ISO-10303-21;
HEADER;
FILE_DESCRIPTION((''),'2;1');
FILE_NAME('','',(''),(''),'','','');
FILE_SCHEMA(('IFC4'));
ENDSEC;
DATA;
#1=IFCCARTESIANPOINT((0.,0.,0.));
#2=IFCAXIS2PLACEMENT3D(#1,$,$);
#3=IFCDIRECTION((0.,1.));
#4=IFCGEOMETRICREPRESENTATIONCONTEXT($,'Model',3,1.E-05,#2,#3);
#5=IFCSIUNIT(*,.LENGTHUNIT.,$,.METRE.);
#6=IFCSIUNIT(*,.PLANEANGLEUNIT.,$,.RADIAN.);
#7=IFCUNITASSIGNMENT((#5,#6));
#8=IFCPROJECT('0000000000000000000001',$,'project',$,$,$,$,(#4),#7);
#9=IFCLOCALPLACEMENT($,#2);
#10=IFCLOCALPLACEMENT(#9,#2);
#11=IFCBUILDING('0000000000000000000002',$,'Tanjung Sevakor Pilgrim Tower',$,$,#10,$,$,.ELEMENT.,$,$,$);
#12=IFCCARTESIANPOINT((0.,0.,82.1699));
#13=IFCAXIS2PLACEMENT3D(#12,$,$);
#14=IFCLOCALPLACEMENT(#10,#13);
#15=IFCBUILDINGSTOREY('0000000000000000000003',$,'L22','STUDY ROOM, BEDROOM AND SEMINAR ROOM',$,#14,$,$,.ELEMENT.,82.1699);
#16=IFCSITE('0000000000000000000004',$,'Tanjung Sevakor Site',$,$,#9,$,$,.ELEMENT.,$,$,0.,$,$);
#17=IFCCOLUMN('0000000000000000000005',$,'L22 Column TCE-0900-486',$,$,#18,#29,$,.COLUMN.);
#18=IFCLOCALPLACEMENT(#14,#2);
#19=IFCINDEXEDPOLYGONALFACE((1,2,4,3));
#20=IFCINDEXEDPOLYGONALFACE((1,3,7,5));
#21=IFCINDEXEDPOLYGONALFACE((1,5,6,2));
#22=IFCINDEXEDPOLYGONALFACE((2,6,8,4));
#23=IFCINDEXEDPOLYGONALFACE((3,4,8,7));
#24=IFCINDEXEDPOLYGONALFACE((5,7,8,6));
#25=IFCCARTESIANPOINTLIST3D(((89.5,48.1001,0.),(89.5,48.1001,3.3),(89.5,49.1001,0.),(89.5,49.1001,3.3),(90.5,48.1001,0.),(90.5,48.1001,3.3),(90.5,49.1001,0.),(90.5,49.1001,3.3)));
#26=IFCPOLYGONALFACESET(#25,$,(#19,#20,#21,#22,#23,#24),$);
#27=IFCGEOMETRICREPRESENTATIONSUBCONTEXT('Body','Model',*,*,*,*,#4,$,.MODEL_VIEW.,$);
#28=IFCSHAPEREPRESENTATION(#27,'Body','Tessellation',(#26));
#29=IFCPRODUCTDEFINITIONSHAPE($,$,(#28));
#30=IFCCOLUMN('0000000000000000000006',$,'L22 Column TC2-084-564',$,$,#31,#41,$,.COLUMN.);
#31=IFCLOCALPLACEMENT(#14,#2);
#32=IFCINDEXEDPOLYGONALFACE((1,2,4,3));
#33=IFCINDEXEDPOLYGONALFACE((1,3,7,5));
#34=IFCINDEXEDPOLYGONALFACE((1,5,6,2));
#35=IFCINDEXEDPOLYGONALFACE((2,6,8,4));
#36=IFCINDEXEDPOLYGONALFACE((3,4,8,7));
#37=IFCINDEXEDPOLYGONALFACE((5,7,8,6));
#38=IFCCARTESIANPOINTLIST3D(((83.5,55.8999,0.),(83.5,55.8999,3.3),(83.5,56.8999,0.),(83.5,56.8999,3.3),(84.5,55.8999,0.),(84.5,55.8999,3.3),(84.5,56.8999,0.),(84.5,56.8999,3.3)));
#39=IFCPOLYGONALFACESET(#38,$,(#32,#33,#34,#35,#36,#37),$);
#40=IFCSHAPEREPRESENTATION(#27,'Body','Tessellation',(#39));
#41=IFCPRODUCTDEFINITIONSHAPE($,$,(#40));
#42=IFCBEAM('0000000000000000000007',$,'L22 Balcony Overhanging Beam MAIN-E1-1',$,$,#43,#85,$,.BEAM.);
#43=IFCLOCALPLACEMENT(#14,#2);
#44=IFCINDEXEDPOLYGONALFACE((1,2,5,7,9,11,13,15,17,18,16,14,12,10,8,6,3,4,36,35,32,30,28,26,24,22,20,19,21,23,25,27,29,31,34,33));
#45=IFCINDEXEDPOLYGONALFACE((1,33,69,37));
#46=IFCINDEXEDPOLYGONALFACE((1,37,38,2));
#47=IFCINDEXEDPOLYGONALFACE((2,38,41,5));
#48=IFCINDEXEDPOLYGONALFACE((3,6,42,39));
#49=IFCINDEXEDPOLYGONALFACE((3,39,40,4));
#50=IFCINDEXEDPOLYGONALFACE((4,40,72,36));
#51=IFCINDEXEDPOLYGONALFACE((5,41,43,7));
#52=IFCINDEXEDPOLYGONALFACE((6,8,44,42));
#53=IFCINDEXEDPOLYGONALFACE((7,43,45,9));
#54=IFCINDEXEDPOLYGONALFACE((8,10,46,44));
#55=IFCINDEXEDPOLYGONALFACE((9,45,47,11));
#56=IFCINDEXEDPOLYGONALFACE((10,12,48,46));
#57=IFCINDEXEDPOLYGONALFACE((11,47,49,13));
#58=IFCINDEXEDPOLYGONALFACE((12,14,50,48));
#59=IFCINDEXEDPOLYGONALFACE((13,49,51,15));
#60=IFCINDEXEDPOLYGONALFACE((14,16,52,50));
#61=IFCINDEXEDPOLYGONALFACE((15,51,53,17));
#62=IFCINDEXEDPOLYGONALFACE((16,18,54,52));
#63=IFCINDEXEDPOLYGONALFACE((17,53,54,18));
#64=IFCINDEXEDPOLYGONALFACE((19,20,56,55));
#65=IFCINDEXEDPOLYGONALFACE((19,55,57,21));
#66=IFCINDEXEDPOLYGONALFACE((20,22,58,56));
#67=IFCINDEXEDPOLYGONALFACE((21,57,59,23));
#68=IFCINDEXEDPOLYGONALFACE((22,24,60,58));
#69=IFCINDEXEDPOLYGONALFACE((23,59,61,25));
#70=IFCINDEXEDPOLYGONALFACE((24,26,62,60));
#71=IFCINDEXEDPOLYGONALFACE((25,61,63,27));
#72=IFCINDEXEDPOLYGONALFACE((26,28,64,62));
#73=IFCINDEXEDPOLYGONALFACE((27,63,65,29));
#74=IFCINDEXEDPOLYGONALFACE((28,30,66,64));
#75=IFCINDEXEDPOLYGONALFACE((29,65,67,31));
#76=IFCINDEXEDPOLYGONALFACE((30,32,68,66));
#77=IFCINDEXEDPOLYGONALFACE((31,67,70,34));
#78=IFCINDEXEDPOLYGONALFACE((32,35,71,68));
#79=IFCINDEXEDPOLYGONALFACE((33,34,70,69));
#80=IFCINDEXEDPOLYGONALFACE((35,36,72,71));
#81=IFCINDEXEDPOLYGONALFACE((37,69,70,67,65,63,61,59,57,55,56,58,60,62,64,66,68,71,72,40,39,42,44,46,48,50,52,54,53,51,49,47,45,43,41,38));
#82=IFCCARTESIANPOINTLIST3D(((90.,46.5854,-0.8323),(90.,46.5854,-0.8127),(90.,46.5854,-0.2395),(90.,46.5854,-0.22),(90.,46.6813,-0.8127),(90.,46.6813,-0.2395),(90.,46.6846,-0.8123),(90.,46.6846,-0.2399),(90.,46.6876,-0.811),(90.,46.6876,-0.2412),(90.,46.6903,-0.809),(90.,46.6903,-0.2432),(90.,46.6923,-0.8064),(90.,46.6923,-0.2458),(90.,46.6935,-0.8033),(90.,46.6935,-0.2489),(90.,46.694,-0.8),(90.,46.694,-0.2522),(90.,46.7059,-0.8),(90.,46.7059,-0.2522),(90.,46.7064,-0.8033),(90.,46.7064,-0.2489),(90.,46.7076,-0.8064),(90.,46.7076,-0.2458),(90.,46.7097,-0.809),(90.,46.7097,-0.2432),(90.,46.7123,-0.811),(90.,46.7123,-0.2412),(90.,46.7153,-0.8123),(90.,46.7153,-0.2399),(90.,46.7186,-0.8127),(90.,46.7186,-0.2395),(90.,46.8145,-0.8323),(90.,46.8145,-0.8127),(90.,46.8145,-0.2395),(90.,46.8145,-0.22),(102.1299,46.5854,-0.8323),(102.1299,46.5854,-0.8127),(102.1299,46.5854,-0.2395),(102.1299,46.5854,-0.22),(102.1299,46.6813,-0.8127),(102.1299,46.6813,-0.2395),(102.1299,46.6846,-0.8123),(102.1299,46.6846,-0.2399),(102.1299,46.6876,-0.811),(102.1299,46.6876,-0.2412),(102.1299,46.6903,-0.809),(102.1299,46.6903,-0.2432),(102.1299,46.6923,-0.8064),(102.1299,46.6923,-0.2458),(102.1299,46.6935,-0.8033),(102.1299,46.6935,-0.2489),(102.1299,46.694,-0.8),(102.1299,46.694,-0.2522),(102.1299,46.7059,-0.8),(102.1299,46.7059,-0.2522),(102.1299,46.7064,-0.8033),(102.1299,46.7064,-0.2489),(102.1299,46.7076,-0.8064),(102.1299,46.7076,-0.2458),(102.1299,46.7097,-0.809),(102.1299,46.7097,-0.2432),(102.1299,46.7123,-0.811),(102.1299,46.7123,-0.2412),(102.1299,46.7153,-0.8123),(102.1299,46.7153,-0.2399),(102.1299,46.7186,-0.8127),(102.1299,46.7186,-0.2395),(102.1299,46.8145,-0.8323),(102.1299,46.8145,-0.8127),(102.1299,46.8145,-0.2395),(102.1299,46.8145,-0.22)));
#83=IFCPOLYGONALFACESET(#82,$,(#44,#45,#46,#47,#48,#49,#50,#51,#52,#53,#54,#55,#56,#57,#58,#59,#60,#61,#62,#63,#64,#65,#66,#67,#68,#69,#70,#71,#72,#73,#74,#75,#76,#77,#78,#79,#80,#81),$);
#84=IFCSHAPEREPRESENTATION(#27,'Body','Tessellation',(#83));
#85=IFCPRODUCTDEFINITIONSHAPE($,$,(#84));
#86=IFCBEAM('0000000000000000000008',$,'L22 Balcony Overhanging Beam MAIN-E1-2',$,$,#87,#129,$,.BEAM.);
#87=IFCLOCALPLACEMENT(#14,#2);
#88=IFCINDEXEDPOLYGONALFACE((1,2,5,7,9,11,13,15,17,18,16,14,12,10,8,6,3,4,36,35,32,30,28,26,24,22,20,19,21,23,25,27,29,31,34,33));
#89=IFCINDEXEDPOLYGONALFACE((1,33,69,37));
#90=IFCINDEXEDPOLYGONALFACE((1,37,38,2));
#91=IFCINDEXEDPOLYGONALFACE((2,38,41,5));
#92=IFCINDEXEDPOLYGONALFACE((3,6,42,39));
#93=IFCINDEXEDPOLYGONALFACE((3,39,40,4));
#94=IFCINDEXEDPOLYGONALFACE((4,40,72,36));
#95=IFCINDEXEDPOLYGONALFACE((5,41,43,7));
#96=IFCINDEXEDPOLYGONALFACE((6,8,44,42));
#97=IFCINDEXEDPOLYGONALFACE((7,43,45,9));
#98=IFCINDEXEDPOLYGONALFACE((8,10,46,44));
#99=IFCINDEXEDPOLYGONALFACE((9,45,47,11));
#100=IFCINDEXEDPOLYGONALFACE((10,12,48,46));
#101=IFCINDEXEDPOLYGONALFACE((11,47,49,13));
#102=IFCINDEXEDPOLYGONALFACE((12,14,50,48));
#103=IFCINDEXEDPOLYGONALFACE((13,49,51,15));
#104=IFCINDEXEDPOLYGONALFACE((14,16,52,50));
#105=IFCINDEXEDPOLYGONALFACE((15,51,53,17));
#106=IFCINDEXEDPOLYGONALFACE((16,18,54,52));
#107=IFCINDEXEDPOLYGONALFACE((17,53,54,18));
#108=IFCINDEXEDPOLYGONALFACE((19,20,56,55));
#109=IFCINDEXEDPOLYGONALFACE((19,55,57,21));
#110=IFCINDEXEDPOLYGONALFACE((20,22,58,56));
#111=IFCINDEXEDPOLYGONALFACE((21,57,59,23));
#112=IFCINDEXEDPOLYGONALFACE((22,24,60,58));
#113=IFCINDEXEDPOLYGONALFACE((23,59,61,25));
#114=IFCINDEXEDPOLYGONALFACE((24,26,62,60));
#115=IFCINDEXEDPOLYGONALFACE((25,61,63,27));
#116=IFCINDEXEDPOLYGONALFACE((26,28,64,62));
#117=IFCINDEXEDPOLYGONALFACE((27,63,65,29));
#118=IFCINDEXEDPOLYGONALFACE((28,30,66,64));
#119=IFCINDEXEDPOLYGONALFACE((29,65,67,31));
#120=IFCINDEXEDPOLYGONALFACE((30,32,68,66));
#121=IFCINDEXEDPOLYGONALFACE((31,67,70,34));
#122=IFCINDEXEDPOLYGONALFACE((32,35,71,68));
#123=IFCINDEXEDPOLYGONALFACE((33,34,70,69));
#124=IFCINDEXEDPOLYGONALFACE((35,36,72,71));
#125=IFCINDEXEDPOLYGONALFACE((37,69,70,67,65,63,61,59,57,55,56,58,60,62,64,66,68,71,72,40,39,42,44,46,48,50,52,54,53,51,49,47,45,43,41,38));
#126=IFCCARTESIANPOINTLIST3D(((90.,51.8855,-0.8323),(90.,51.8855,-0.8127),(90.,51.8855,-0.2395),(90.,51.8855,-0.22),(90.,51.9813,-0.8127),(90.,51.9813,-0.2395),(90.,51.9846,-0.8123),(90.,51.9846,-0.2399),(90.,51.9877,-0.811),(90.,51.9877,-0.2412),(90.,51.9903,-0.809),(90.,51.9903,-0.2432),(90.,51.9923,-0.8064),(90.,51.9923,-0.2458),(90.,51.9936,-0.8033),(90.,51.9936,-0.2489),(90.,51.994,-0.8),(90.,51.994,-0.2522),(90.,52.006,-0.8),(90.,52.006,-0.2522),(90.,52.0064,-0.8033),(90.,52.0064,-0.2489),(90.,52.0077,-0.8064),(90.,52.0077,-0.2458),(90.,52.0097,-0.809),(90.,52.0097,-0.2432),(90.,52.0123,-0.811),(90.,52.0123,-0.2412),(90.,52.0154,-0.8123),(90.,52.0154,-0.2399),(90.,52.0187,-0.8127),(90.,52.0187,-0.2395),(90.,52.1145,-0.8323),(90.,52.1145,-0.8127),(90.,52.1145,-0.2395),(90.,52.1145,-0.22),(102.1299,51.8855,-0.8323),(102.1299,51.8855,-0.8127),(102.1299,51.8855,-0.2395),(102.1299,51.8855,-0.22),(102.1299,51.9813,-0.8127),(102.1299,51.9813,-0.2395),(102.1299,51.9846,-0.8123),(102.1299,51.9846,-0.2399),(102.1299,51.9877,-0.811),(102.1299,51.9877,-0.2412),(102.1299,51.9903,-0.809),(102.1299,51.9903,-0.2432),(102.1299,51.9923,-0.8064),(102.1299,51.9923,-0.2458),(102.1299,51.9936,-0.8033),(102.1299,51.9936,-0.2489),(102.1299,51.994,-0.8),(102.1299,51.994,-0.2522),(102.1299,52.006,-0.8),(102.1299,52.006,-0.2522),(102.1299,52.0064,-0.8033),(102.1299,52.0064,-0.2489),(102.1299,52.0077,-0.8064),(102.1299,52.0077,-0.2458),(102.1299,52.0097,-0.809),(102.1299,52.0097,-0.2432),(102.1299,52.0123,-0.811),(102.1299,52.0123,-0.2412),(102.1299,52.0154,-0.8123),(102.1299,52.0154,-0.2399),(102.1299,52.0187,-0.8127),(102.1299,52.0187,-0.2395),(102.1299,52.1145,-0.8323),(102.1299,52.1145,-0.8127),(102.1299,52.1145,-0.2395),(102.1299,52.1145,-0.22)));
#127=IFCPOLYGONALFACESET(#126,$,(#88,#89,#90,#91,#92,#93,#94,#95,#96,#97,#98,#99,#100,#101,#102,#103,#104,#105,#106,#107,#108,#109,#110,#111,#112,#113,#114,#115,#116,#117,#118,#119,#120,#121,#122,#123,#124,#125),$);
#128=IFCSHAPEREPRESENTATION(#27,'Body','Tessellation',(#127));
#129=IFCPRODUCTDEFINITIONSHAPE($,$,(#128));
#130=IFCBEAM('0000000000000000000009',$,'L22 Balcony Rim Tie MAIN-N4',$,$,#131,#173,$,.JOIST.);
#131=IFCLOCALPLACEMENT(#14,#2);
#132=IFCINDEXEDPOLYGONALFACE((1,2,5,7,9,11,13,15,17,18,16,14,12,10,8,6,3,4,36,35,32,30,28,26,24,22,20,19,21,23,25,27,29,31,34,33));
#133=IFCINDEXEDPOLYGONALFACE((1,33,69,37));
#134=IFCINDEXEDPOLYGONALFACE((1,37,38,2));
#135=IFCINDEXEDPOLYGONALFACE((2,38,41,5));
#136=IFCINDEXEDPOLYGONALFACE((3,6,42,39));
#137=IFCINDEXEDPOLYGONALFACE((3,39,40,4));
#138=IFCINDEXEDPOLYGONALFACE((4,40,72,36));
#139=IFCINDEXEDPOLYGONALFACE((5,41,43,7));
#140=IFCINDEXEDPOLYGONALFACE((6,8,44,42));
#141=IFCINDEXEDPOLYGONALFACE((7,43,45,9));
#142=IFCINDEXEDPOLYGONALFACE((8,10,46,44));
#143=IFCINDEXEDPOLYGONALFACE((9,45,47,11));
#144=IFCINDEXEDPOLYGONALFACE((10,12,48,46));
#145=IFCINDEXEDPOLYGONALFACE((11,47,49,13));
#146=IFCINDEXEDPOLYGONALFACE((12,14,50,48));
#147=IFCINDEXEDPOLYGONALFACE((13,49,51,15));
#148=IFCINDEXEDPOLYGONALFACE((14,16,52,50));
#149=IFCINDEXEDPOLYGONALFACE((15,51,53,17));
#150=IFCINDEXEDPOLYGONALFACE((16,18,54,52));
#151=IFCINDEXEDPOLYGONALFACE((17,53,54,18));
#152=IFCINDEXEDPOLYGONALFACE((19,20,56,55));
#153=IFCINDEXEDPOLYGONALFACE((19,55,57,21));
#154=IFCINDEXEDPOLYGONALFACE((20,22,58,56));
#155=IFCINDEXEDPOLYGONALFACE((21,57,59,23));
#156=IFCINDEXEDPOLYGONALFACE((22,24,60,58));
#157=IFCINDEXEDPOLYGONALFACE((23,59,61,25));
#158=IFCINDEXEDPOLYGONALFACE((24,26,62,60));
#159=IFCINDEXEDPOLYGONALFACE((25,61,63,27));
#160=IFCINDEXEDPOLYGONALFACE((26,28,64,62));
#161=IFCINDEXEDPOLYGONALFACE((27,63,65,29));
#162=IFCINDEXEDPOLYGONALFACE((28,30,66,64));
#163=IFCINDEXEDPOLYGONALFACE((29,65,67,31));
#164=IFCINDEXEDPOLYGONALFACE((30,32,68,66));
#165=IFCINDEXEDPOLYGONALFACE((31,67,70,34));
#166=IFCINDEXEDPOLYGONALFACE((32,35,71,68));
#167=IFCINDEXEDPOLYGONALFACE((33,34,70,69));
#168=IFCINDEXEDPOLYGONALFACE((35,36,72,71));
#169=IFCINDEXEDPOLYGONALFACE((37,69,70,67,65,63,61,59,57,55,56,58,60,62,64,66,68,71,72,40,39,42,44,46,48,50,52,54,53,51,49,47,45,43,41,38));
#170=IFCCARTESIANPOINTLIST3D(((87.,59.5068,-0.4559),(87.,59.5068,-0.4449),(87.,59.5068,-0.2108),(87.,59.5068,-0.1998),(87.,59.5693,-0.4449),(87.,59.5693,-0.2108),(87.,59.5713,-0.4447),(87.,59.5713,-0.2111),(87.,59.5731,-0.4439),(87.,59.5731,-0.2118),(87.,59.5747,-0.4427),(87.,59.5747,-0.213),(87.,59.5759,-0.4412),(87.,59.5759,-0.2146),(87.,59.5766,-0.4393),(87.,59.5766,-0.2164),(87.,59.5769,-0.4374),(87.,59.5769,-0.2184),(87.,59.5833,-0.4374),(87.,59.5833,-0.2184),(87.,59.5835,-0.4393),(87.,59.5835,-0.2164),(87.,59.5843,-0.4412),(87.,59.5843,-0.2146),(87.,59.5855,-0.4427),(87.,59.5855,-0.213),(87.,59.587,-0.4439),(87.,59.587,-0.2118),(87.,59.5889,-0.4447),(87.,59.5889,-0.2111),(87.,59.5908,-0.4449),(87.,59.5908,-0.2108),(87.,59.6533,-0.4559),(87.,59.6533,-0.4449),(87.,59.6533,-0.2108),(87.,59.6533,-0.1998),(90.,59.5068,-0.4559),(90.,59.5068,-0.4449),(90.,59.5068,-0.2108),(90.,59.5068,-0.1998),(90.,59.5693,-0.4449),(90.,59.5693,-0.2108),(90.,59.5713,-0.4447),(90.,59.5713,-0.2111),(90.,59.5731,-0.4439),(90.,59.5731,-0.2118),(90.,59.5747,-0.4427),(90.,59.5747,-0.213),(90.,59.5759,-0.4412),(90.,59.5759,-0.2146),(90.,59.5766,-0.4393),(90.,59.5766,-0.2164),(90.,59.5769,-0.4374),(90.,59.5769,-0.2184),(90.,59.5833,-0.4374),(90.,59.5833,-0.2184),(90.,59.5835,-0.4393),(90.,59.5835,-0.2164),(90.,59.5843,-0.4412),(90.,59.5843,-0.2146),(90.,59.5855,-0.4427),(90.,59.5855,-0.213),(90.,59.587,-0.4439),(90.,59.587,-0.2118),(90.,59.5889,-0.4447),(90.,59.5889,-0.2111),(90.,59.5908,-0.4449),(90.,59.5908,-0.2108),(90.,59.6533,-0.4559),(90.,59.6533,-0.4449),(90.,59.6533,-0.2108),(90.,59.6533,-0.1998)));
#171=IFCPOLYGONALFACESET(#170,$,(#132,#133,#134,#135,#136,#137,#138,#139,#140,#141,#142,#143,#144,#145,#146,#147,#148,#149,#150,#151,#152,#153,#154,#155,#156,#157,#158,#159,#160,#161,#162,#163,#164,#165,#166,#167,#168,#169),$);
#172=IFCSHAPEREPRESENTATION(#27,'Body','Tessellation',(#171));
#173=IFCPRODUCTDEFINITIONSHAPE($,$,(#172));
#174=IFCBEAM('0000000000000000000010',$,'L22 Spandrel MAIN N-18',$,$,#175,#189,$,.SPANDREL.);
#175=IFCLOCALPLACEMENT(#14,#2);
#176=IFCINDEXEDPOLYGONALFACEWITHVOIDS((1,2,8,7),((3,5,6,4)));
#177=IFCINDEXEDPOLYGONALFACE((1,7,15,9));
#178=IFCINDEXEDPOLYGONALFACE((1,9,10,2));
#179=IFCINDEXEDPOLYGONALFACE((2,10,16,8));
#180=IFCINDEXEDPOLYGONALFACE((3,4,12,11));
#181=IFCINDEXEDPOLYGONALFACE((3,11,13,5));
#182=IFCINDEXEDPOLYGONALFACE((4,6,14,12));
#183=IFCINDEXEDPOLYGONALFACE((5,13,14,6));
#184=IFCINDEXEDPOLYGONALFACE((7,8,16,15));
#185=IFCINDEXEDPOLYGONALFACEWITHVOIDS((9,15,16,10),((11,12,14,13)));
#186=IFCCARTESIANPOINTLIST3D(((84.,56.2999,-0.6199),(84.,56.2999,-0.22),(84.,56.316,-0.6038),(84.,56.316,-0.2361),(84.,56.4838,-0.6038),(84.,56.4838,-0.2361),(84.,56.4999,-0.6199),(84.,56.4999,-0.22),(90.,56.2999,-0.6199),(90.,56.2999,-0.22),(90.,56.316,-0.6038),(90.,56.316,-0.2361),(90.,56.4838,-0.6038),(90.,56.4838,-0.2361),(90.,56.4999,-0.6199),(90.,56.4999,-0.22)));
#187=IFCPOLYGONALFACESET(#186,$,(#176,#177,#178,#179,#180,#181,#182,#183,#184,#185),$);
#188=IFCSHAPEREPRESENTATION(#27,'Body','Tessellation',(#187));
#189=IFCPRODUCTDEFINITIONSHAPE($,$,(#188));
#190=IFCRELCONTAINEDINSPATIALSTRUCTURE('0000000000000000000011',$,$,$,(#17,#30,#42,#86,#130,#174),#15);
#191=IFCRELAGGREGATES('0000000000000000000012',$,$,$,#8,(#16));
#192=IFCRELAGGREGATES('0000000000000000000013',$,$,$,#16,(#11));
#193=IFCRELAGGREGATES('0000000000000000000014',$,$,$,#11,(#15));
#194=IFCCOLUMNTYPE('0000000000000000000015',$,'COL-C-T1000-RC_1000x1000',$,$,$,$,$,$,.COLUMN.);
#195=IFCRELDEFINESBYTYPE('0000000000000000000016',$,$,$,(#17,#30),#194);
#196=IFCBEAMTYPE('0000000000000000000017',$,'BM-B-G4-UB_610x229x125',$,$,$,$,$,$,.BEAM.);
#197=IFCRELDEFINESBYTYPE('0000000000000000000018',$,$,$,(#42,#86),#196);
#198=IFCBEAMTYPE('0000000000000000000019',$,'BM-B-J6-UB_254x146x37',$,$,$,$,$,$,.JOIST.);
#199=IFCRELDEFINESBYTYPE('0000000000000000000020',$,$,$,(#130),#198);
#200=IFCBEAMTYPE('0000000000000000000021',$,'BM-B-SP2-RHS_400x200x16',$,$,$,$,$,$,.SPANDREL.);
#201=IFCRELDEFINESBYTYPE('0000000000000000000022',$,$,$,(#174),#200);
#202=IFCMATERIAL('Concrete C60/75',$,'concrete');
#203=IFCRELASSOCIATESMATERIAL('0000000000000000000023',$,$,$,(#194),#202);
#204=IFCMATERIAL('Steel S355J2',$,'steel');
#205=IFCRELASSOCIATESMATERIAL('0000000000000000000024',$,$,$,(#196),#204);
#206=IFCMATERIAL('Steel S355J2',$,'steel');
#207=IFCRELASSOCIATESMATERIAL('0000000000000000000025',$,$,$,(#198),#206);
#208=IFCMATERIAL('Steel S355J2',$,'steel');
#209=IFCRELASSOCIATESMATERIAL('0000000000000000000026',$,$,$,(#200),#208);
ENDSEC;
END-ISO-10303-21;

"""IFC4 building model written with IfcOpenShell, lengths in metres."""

from ifc_helpers import new_model, si_unit, direction, frame, origin, origin_2d, place, context, subcontext, project, spatial, rectangle, hollow_rectangle, i_section, extrude, material, material_profile, profile_set, type_object, element, save


model = new_model("IFC4")

# Units and contexts
model_context = context("Model", 3, precision=1e-05, world=origin(), true_north=direction((0.0, 1.0)))
body_context = subcontext(model_context, "Body", "Model", "MODEL_VIEW")
ifc_project = project(units=[si_unit("LENGTHUNIT", "METRE"), si_unit("PLANEANGLEUNIT", "RADIAN")], contexts=[model_context])

# Site, building, storey
site_placement = place(None, origin())
site = spatial("IfcSite", under=ifc_project, at=site_placement, Name="Tanjung Sevakor Site", CompositionType="ELEMENT", RefElevation=0.0)
building_placement = place(site_placement, origin())
building = spatial("IfcBuilding", under=site, at=building_placement, Name="Tanjung Sevakor Pilgrim Tower", CompositionType="ELEMENT")
storey_placement = place(building_placement, frame((0.0, 0.0, 82.1699)))
storey = spatial("IfcBuildingStorey", under=building, at=storey_placement, Name="L22", Description="STUDY ROOM, BEDROOM AND SEMINAR ROOM", CompositionType="ELEMENT", Elevation=82.1699)

# Columns
ifc_material_1 = material(Name="Concrete C60/75", Category="concrete")
ifc_material_profile_1 = material_profile(ifc_material_1, rectangle(XDim=1.0, YDim=1.0, at=origin_2d()))
ifc_profile_set_1 = profile_set([ifc_material_profile_1], Name="Concrete C60/75")
column_type = type_object("IfcColumnType", Name="COL-C-T1000-RC_1000x1000", PredefinedType="COLUMN", material=ifc_profile_set_1)
for number, where, z_axis, x_axis, name in (
    (1, (90.0, 48.6001, 0.0), (0.0, 0.0, 1.0), (1.0, 0.0, 0.0), "L22 Column TCE-0900-486"),
    (2, (84.0, 56.3999, 0.0), (0.0, 0.0, 1.0), (1.0, 0.0, 0.0), "L22 Column TC2-084-564"),
):
    element("IfcColumn", number, at=place(storey_placement, frame(where, z_axis=z_axis, x_axis=x_axis)), inside=storey, type_object=column_type, Name=name, PredefinedType="COLUMN", context=body_context, shape_type="SweptSolid", body=[
        extrude(rectangle(XDim=1.0, YDim=1.0, at=origin_2d()), origin(), (0.0, 0.0, 1.0), 3.3),
    ])

# Beams
ifc_material_2 = material(Name="Steel S355J2", Category="steel")
ifc_material_profile_2 = material_profile(ifc_material_2, i_section(OverallWidth=0.229, OverallDepth=0.6123, WebThickness=0.012, FlangeThickness=0.0195, FilletRadius=0.0127, at=origin_2d()))
ifc_profile_set_2 = profile_set([ifc_material_profile_2], Name="Steel S355J2")
beam_type_1 = type_object("IfcBeamType", Name="BM-B-G4-UB_610x229x125", PredefinedType="BEAM", material=ifc_profile_set_2)
for number, where, z_axis, x_axis, name in (
    (3, (90.0, 46.7, -0.5261), (1.0, 0.0, 0.0), (0.0, 1.0, 0.0), "L22 Balcony Overhanging Beam MAIN-E1-1"),
    (4, (90.0, 52.0, -0.5261), (1.0, 0.0, 0.0), (0.0, 1.0, 0.0), "L22 Balcony Overhanging Beam MAIN-E1-2"),
):
    element("IfcBeam", number, at=place(storey_placement, frame(where, z_axis=z_axis, x_axis=x_axis)), inside=storey, type_object=beam_type_1, Name=name, PredefinedType="BEAM", context=body_context, shape_type="SweptSolid", body=[
        extrude(i_section(OverallWidth=0.229, OverallDepth=0.6123, WebThickness=0.012, FlangeThickness=0.0195, FilletRadius=0.0127, at=origin_2d()), origin(), (0.0, 0.0, 1.0), 12.1299),
    ])
ifc_material_3 = material(Name="Steel S355J2", Category="steel")
ifc_material_profile_3 = material_profile(ifc_material_3, i_section(OverallWidth=0.1465, OverallDepth=0.2561, WebThickness=0.0063, FlangeThickness=0.011, FilletRadius=0.0076, at=origin_2d()))
ifc_profile_set_3 = profile_set([ifc_material_profile_3], Name="Steel S355J2")
beam_type_2 = type_object("IfcBeamType", Name="BM-B-J6-UB_254x146x37", PredefinedType="JOIST", material=ifc_profile_set_3)
beam_1_placement = place(storey_placement, frame((87.0, 59.5801, -0.3279), z_axis=(1.0, 0.0, 0.0), x_axis=(0.0, 1.0, 0.0)))
element("IfcBeam", 5, at=beam_1_placement, inside=storey, type_object=beam_type_2, Name="L22 Balcony Rim Tie MAIN-N4", PredefinedType="JOIST", context=body_context, shape_type="SweptSolid", body=[
    extrude(i_section(OverallWidth=0.1465, OverallDepth=0.2561, WebThickness=0.0063, FlangeThickness=0.011, FilletRadius=0.0076, at=origin_2d()), origin(), (0.0, 0.0, 1.0), 3.0),
])
ifc_material_4 = material(Name="Steel S355J2", Category="steel")
ifc_material_profile_4 = material_profile(ifc_material_4, hollow_rectangle(XDim=0.2, YDim=0.3999, WallThickness=0.0161, at=origin_2d()))
ifc_profile_set_4 = profile_set([ifc_material_profile_4], Name="Steel S355J2")
beam_type_3 = type_object("IfcBeamType", Name="BM-B-SP2-RHS_400x200x16", PredefinedType="SPANDREL", material=ifc_profile_set_4)
beam_2_placement = place(storey_placement, frame((84.0, 56.3999, -0.4199), z_axis=(1.0, 0.0, 0.0), x_axis=(0.0, 1.0, 0.0)))
element("IfcBeam", 6, at=beam_2_placement, inside=storey, type_object=beam_type_3, Name="L22 Spandrel MAIN N-18", PredefinedType="SPANDREL", context=body_context, shape_type="SweptSolid", body=[
    extrude(hollow_rectangle(XDim=0.2, YDim=0.3999, WallThickness=0.0161, at=origin_2d()), origin(), (0.0, 0.0, 1.0), 6.0),
])

save(model, "model.ifc")
